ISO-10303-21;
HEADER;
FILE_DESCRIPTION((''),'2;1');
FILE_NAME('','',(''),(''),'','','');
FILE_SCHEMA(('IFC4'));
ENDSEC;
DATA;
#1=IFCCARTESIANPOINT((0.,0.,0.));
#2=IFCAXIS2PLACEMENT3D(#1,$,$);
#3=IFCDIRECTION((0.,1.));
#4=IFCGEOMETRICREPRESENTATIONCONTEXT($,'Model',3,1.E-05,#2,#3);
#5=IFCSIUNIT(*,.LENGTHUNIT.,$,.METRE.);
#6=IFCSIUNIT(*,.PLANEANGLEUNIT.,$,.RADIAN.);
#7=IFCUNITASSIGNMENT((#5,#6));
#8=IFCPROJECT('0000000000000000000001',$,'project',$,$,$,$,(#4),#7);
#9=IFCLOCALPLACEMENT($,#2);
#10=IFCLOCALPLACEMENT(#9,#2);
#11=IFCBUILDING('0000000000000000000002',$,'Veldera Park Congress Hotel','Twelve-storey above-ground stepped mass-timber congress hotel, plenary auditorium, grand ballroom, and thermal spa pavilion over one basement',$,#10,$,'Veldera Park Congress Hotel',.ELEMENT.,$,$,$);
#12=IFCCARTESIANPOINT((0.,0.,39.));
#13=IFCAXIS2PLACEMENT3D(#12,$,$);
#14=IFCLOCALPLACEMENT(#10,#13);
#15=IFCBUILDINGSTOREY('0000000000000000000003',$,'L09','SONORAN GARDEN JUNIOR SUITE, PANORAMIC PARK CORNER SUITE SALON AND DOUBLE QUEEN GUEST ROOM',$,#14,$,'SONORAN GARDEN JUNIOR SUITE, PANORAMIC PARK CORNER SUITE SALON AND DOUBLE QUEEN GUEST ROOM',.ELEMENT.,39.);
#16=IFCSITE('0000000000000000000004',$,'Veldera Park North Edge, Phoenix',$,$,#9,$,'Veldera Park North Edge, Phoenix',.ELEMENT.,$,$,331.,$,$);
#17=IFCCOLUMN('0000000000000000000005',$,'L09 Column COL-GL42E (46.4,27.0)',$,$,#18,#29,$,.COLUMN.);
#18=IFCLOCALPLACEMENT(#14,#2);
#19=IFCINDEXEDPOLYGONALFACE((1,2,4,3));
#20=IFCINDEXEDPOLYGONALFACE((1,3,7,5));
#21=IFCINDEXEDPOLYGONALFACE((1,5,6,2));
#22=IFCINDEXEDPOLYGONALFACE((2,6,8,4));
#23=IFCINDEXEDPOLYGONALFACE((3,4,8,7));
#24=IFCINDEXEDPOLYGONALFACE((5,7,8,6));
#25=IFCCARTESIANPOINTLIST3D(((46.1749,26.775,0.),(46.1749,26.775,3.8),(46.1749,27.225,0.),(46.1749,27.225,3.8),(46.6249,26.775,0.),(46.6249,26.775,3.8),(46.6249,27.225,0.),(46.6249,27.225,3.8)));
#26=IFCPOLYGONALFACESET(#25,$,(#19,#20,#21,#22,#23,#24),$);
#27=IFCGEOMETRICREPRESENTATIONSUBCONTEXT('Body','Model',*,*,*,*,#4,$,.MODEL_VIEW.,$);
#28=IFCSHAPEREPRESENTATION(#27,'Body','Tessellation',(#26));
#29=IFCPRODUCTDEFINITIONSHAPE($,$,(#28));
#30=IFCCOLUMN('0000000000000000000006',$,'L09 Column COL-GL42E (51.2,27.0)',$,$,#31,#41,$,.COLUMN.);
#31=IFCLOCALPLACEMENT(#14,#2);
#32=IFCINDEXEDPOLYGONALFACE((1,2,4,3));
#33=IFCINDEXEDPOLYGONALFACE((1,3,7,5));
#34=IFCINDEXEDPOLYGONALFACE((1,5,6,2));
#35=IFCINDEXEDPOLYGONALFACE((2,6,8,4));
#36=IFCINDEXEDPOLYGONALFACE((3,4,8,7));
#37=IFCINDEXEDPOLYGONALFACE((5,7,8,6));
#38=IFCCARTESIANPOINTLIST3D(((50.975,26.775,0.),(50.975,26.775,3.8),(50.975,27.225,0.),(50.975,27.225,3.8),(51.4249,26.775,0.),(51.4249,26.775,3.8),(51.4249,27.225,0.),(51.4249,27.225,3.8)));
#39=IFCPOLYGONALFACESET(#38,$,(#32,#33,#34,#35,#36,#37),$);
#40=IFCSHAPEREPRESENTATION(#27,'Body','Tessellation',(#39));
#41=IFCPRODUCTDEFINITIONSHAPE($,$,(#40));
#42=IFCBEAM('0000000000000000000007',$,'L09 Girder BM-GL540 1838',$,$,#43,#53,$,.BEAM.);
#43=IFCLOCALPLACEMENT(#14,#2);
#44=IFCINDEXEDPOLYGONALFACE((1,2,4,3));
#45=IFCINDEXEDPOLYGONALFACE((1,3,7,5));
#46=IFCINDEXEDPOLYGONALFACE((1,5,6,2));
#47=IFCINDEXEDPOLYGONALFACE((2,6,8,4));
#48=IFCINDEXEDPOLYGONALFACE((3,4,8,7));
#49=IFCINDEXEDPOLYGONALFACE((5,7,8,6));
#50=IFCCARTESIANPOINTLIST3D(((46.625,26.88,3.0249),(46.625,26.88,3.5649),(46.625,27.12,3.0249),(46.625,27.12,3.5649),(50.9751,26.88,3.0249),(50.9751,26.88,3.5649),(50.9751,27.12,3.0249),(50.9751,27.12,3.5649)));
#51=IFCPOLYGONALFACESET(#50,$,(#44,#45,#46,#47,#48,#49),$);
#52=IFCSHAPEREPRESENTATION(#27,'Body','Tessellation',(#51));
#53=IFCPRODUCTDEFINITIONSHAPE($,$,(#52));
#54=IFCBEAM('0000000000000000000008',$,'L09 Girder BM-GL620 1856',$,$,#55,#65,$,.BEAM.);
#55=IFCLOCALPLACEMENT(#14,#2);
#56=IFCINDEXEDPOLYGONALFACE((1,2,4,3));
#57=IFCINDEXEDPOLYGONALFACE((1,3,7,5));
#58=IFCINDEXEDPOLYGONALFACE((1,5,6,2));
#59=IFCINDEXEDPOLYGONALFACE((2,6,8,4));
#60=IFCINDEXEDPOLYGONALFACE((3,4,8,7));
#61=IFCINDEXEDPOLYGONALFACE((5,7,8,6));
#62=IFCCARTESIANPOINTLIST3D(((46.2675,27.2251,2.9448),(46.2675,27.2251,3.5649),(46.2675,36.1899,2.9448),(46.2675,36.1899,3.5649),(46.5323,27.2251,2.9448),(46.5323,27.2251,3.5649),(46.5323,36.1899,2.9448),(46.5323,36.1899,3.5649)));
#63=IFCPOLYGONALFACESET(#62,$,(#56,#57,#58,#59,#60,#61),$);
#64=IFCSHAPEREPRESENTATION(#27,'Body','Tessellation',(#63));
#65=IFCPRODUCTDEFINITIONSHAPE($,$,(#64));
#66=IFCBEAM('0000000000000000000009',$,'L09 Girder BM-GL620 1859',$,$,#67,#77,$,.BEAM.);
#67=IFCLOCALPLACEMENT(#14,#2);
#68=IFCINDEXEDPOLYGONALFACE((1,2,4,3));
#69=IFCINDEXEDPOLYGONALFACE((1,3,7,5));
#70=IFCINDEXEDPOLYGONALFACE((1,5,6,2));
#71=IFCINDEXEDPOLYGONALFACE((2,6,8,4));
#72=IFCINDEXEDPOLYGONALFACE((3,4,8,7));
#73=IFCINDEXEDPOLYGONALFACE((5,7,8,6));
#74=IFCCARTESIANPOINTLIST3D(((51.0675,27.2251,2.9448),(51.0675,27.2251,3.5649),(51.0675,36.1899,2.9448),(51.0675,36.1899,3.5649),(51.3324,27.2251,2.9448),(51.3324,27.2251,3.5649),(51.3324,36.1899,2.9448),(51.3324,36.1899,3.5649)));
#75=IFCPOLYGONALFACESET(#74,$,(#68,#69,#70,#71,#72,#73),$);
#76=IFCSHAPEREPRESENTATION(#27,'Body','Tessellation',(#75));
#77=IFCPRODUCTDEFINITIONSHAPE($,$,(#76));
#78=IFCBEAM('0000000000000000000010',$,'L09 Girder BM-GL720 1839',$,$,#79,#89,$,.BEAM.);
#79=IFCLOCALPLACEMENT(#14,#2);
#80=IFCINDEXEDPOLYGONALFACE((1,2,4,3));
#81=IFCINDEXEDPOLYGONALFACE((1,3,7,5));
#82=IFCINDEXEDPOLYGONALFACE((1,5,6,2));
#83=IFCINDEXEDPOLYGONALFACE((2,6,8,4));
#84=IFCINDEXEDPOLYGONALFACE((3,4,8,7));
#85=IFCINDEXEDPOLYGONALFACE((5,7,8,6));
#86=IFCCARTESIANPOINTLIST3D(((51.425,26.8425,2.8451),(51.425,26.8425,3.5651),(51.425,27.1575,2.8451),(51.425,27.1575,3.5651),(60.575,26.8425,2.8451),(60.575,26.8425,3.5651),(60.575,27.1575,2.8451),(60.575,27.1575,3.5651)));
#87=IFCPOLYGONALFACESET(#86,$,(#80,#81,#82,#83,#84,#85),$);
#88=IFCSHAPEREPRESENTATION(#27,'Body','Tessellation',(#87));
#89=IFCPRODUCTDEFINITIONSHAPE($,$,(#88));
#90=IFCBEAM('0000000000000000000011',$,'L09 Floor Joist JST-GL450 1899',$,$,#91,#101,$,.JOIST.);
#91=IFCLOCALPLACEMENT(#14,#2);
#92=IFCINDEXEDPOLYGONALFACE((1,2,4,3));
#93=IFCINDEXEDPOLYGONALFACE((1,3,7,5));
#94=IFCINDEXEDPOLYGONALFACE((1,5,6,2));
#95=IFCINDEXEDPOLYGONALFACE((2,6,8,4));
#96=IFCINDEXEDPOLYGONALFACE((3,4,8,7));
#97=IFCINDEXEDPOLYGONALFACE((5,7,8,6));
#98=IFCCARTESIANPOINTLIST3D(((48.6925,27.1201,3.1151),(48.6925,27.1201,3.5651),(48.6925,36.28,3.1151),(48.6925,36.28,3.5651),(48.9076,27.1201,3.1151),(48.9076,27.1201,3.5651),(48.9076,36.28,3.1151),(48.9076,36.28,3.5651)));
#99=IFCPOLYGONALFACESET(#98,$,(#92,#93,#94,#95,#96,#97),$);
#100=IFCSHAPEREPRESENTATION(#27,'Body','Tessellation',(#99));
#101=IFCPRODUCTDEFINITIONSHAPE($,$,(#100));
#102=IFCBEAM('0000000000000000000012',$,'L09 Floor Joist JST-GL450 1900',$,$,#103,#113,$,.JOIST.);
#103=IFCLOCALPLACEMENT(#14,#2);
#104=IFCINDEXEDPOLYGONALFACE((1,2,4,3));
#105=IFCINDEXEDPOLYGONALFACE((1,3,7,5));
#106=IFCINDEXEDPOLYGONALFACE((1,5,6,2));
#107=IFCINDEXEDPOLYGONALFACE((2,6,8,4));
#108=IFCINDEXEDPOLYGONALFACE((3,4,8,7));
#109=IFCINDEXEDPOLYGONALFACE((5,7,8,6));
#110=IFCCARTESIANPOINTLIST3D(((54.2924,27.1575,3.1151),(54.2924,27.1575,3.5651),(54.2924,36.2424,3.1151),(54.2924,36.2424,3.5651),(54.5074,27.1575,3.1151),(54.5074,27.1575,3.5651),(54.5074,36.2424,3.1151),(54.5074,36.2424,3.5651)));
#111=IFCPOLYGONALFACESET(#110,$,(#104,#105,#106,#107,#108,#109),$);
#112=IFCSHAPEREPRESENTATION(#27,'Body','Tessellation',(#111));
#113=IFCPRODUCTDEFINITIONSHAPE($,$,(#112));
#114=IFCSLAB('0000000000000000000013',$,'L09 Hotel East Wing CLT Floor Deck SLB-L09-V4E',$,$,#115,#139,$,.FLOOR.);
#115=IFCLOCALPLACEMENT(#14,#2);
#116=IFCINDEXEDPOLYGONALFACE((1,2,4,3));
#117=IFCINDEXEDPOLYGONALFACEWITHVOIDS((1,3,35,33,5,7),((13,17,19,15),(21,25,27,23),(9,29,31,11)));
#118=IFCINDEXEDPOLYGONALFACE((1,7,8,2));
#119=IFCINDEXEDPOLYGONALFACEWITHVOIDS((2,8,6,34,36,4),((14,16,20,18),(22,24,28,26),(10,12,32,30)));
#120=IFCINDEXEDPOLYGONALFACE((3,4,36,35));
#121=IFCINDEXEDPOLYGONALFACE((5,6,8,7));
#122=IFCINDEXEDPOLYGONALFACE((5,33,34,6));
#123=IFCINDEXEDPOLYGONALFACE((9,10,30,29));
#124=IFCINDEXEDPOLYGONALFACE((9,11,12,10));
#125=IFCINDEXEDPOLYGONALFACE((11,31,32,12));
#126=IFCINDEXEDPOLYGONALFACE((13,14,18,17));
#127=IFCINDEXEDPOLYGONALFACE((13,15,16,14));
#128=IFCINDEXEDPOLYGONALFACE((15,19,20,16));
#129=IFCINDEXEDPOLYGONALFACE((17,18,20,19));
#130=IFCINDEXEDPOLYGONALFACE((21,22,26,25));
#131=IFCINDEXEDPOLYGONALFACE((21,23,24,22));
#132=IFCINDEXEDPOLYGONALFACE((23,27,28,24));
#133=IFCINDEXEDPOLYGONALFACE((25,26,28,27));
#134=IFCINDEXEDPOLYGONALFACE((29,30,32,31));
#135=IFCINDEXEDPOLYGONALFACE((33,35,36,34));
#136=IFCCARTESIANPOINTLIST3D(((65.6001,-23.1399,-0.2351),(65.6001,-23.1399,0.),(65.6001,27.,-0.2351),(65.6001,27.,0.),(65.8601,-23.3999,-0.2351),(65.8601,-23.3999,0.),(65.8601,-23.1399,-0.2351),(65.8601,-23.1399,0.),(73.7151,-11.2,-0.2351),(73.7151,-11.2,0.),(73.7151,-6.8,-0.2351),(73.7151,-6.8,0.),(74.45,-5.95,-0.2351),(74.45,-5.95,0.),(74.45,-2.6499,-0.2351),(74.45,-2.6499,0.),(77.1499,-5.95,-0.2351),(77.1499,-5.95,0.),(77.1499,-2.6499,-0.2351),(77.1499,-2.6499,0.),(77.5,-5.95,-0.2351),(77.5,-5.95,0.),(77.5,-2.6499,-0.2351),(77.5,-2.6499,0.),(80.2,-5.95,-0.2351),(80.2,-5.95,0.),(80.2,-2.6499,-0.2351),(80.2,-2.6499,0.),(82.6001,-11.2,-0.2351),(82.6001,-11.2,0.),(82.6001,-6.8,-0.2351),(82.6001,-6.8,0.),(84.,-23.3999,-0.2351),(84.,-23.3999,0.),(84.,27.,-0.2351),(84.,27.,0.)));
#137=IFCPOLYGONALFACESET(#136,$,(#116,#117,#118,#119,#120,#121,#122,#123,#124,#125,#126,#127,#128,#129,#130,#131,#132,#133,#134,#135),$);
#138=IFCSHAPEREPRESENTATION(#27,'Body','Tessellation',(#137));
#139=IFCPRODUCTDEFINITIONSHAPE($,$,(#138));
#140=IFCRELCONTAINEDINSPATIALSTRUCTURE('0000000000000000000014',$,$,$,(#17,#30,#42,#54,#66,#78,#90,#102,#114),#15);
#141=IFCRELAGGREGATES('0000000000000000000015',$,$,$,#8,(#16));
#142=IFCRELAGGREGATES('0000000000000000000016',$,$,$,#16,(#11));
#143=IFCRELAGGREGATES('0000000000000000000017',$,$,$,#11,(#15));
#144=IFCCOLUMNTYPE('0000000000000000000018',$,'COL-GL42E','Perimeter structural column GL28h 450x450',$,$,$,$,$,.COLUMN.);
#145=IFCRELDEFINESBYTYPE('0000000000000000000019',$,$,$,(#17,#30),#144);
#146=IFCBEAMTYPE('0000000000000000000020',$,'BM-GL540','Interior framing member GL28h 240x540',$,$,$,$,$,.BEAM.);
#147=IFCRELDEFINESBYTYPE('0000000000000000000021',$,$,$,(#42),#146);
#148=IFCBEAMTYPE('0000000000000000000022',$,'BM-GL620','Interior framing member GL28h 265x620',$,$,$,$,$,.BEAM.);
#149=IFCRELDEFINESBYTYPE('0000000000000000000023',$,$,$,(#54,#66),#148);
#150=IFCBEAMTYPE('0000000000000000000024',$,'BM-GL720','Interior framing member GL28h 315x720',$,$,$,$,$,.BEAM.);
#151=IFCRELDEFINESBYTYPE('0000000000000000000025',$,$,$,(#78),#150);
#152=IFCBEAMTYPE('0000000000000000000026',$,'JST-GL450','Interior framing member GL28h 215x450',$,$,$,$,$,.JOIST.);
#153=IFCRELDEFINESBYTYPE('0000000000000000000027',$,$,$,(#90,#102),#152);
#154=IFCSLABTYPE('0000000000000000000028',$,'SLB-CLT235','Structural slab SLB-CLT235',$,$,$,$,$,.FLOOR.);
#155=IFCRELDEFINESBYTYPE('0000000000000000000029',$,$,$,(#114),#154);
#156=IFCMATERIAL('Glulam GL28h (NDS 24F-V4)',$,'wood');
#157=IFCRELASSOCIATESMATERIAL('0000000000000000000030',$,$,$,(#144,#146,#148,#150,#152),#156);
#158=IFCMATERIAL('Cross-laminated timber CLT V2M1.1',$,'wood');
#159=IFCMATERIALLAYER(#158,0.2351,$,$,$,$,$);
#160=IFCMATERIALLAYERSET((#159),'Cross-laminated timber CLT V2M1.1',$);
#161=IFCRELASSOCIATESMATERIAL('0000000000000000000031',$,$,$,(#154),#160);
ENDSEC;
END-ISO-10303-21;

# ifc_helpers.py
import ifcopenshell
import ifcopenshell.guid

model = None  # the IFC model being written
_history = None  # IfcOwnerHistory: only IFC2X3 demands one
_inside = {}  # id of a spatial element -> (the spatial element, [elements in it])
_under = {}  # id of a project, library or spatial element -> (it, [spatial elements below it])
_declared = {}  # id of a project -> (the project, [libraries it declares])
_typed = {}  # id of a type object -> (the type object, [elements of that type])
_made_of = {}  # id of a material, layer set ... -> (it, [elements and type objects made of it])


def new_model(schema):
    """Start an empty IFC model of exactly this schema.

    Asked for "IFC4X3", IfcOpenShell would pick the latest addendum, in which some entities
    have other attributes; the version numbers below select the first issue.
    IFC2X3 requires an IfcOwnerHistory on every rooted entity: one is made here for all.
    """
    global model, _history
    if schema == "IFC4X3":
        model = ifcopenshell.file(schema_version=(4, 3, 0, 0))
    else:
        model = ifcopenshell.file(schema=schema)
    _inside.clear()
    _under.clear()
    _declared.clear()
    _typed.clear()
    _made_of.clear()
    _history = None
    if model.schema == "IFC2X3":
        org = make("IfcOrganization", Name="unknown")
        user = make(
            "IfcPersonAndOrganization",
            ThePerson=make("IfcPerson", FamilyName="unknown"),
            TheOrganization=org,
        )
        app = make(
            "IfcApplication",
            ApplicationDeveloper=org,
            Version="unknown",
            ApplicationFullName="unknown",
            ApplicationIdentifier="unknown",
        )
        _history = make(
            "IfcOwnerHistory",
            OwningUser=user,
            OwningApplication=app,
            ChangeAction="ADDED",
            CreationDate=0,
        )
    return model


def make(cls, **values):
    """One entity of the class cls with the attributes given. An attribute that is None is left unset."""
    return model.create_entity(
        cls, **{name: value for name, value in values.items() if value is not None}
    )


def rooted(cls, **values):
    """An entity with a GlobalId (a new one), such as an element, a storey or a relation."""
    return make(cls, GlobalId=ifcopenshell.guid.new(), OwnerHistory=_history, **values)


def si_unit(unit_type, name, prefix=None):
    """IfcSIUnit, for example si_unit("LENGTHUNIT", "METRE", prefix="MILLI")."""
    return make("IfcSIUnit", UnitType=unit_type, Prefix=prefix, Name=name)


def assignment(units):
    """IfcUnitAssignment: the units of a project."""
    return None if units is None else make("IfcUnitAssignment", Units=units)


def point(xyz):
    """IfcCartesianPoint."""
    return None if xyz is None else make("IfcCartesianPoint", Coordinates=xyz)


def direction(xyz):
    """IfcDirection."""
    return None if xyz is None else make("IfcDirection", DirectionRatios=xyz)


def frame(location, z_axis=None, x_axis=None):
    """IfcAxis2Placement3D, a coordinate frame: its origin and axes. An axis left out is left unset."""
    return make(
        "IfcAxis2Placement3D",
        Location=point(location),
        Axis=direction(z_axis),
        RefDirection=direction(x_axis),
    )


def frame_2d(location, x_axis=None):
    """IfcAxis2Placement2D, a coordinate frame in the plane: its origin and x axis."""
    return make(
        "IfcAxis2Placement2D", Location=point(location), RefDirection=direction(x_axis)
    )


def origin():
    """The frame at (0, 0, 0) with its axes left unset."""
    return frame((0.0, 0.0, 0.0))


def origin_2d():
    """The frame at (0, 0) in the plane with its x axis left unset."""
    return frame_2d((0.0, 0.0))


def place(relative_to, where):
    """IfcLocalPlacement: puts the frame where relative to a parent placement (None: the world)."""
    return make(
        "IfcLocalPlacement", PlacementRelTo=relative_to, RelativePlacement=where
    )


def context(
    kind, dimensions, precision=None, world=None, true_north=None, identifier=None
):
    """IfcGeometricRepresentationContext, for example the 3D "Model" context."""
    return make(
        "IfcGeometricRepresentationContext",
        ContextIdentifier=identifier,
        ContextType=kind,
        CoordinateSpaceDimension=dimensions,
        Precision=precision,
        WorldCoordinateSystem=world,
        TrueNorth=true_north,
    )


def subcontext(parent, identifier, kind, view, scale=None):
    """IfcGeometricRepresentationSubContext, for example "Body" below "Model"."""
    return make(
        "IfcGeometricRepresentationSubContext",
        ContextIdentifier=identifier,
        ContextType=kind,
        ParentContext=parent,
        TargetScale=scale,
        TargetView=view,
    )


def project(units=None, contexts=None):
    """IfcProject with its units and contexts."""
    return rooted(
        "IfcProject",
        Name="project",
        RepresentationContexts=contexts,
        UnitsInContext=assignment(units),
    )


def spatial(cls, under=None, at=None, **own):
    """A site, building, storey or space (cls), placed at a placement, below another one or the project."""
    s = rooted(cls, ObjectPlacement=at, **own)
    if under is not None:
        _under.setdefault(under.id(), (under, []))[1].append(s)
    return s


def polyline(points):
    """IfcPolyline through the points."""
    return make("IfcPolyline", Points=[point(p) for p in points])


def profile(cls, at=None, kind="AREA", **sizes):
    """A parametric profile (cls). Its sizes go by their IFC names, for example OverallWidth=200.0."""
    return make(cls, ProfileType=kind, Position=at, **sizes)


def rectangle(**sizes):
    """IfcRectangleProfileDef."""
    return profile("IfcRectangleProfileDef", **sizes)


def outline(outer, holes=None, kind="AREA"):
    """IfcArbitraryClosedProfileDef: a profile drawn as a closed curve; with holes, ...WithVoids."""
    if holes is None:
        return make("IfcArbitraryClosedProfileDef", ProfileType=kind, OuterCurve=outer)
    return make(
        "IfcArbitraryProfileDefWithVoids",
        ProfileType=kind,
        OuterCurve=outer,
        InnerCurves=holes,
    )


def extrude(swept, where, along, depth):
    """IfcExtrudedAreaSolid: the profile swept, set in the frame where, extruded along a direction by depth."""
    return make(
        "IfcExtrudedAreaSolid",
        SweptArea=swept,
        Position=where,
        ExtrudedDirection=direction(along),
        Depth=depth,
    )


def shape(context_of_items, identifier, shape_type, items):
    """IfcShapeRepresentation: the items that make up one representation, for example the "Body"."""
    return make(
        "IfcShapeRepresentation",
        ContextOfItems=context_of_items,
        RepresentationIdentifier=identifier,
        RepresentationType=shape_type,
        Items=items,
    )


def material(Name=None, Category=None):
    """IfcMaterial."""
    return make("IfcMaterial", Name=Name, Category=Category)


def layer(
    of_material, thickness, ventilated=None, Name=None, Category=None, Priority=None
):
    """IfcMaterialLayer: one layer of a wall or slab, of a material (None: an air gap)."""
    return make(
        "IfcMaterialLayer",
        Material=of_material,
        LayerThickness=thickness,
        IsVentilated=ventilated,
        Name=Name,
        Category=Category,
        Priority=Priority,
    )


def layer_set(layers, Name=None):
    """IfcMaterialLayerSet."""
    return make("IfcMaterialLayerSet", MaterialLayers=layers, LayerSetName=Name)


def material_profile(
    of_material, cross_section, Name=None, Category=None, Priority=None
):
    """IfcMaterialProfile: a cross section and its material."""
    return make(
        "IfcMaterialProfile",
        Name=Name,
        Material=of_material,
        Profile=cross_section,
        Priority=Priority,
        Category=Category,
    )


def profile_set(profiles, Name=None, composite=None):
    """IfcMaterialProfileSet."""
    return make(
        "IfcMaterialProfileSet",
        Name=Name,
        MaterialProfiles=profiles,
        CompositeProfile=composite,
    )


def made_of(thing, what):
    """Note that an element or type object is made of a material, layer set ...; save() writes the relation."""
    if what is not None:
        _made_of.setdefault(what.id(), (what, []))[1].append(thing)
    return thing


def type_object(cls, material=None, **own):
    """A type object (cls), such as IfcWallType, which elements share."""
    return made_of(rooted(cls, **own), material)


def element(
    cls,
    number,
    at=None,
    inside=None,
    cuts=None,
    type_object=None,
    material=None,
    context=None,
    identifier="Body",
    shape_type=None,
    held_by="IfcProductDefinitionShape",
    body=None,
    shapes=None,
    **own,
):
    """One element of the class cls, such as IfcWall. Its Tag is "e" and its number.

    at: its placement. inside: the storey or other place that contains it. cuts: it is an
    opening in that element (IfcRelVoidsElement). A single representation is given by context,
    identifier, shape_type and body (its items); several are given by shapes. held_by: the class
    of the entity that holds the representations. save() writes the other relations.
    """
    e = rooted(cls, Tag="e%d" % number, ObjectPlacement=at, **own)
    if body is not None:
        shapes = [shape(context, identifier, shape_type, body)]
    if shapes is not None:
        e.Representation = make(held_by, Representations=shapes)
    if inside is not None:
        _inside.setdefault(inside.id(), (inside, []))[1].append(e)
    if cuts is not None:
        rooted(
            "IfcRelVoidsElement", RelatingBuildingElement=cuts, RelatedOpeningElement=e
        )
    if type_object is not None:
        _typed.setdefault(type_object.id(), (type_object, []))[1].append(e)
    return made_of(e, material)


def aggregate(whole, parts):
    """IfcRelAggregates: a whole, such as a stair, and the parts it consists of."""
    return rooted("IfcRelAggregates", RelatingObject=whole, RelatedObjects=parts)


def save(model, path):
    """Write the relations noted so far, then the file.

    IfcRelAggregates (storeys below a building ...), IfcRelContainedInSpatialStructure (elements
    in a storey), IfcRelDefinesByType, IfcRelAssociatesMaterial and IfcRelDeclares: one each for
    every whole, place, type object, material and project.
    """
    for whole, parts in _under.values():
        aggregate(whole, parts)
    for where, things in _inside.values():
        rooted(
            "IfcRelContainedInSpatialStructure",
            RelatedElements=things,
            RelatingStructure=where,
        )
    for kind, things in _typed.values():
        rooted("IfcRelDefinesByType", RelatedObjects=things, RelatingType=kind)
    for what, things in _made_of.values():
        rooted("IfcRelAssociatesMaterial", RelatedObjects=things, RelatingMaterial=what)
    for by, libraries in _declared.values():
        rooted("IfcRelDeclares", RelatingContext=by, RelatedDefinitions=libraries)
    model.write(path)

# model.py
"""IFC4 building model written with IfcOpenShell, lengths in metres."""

from ifc_helpers import new_model, si_unit, direction, frame, origin, origin_2d, place, context, subcontext, project, spatial, polyline, rectangle, outline, extrude, material, layer, layer_set, material_profile, profile_set, type_object, element, save


model = new_model("IFC4")

# Units and contexts
model_context = context("Model", 3, precision=1e-05, world=origin(), true_north=direction((0.0, 1.0)))
body_context = subcontext(model_context, "Body", "Model", "MODEL_VIEW")
ifc_project = project(units=[si_unit("LENGTHUNIT", "METRE"), si_unit("PLANEANGLEUNIT", "RADIAN")], contexts=[model_context])

# Site, building, storey
site_placement = place(None, origin())
site = spatial("IfcSite", under=ifc_project, at=site_placement, Name="Veldera Park North Edge, Phoenix", LongName="Veldera Park North Edge, Phoenix", CompositionType="ELEMENT", RefElevation=331.0)
building_placement = place(site_placement, origin())
building = spatial("IfcBuilding", under=site, at=building_placement, Name="Veldera Park Congress Hotel", Description="Twelve-storey above-ground stepped mass-timber congress hotel, plenary auditorium, grand ballroom, and thermal spa pavilion over one basement", LongName="Veldera Park Congress Hotel", CompositionType="ELEMENT")
storey_placement = place(building_placement, frame((0.0, 0.0, 39.0)))
storey = spatial("IfcBuildingStorey", under=building, at=storey_placement, Name="L09", Description="SONORAN GARDEN JUNIOR SUITE, PANORAMIC PARK CORNER SUITE SALON AND DOUBLE QUEEN GUEST ROOM", LongName="SONORAN GARDEN JUNIOR SUITE, PANORAMIC PARK CORNER SUITE SALON AND DOUBLE QUEEN GUEST ROOM", CompositionType="ELEMENT", Elevation=39.0)

# Columns
ifc_material_1 = material(Name="Glulam GL28h (NDS 24F-V4)", Category="wood")
ifc_material_profile_1 = material_profile(ifc_material_1, rectangle(XDim=0.45, YDim=0.45, at=origin_2d()), Name="GL28h 450x450")
ifc_profile_set_1 = profile_set([ifc_material_profile_1], Name="Glulam GL28h (NDS 24F-V4)")
column_type = type_object("IfcColumnType", Name="COL-GL42E", Description="Perimeter structural column GL28h 450x450", PredefinedType="COLUMN", material=ifc_profile_set_1)
for number, where, z_axis, x_axis, name in (
    (1, (46.3999, 27.0, 0.0), (0.0, 0.0, 1.0), (1.0, 0.0, 0.0), "L09 Column COL-GL42E (46.4,27.0)"),
    (2, (51.2, 27.0, 0.0), (0.0, 0.0, 1.0), (1.0, 0.0, 0.0), "L09 Column COL-GL42E (51.2,27.0)"),
):
    element("IfcColumn", number, at=place(storey_placement, frame(where, z_axis=z_axis, x_axis=x_axis)), inside=storey, type_object=column_type, Name=name, PredefinedType="COLUMN", context=body_context, shape_type="SweptSolid", body=[
        extrude(rectangle(XDim=0.45, YDim=0.45, at=origin_2d()), origin(), (0.0, 0.0, 1.0), 3.8),
    ])

# Beams
ifc_material_profile_2 = material_profile(ifc_material_1, rectangle(XDim=0.24, YDim=0.54, at=origin_2d()), Name="GL28h 240x540")
ifc_profile_set_2 = profile_set([ifc_material_profile_2], Name="Glulam GL28h (NDS 24F-V4)")
beam_type_1 = type_object("IfcBeamType", Name="BM-GL540", Description="Interior framing member GL28h 240x540", PredefinedType="BEAM", material=ifc_profile_set_2)
beam_1_placement = place(storey_placement, frame((46.625, 27.0, 3.2949), z_axis=(1.0, 0.0, 0.0), x_axis=(0.0, 1.0, 0.0)))
element("IfcBeam", 3, at=beam_1_placement, inside=storey, type_object=beam_type_1, Name="L09 Girder BM-GL540 1838", PredefinedType="BEAM", context=body_context, shape_type="SweptSolid", body=[
    extrude(rectangle(XDim=0.24, YDim=0.54, at=origin_2d()), origin(), (0.0, 0.0, 1.0), 4.3501),
])
ifc_material_profile_3 = material_profile(ifc_material_1, rectangle(XDim=0.2649, YDim=0.6201, at=origin_2d()), Name="GL28h 265x620")
ifc_profile_set_3 = profile_set([ifc_material_profile_3], Name="Glulam GL28h (NDS 24F-V4)")
beam_type_2 = type_object("IfcBeamType", Name="BM-GL620", Description="Interior framing member GL28h 265x620", PredefinedType="BEAM", material=ifc_profile_set_3)
for number, where, z_axis, x_axis, name in (
    (4, (46.3999, 27.2251, 3.2549), (0.0, 1.0, 0.0), (-1.0, 0.0, 0.0), "L09 Girder BM-GL620 1856"),
    (5, (51.2, 27.2251, 3.2549), (0.0, 1.0, 0.0), (-1.0, 0.0, 0.0), "L09 Girder BM-GL620 1859"),
):
    element("IfcBeam", number, at=place(storey_placement, frame(where, z_axis=z_axis, x_axis=x_axis)), inside=storey, type_object=beam_type_2, Name=name, PredefinedType="BEAM", context=body_context, shape_type="SweptSolid", body=[
        extrude(rectangle(XDim=0.2649, YDim=0.6201, at=origin_2d()), origin(), (0.0, 0.0, 1.0), 8.9648),
    ])
ifc_material_profile_4 = material_profile(ifc_material_1, rectangle(XDim=0.3149, YDim=0.72, at=origin_2d()), Name="GL28h 315x720")
ifc_profile_set_4 = profile_set([ifc_material_profile_4], Name="Glulam GL28h (NDS 24F-V4)")
beam_type_3 = type_object("IfcBeamType", Name="BM-GL720", Description="Interior framing member GL28h 315x720", PredefinedType="BEAM", material=ifc_profile_set_4)
beam_2_placement = place(storey_placement, frame((51.425, 27.0, 3.2051), z_axis=(1.0, 0.0, 0.0), x_axis=(0.0, 1.0, 0.0)))
element("IfcBeam", 6, at=beam_2_placement, inside=storey, type_object=beam_type_3, Name="L09 Girder BM-GL720 1839", PredefinedType="BEAM", context=body_context, shape_type="SweptSolid", body=[
    extrude(rectangle(XDim=0.3149, YDim=0.72, at=origin_2d()), origin(), (0.0, 0.0, 1.0), 9.1499),
])
ifc_material_profile_5 = material_profile(ifc_material_1, rectangle(XDim=0.2151, YDim=0.45, at=origin_2d()), Name="GL28h 215x450")
ifc_profile_set_5 = profile_set([ifc_material_profile_5], Name="Glulam GL28h (NDS 24F-V4)")
beam_type_4 = type_object("IfcBeamType", Name="JST-GL450", Description="Interior framing member GL28h 215x450", PredefinedType="JOIST", material=ifc_profile_set_5)
beam_3_placement = place(storey_placement, frame((48.8, 27.1201, 3.3401), z_axis=(0.0, 1.0, 0.0), x_axis=(-1.0, 0.0, 0.0)))
element("IfcBeam", 7, at=beam_3_placement, inside=storey, type_object=beam_type_4, Name="L09 Floor Joist JST-GL450 1899", PredefinedType="JOIST", context=body_context, shape_type="SweptSolid", body=[
    extrude(rectangle(XDim=0.2151, YDim=0.45, at=origin_2d()), origin(), (0.0, 0.0, 1.0), 9.1599),
])
beam_4_placement = place(storey_placement, frame((54.3999, 27.1575, 3.3401), z_axis=(0.0, 1.0, 0.0), x_axis=(-1.0, 0.0, 0.0)))
element("IfcBeam", 8, at=beam_4_placement, inside=storey, type_object=beam_type_4, Name="L09 Floor Joist JST-GL450 1900", PredefinedType="JOIST", context=body_context, shape_type="SweptSolid", body=[
    extrude(rectangle(XDim=0.2151, YDim=0.45, at=origin_2d()), origin(), (0.0, 0.0, 1.0), 9.085),
])

# Slab
ifc_material_2 = material(Name="Cross-laminated timber CLT V2M1.1", Category="wood")
ifc_layer_1 = layer(ifc_material_2, 0.2351)
ifc_layer_set_1 = layer_set([ifc_layer_1], Name="Cross-laminated timber CLT V2M1.1")
slab_type_1 = type_object("IfcSlabType", Name="SLB-CLT235", Description="Structural slab SLB-CLT235", PredefinedType="FLOOR", material=ifc_layer_set_1)
slab_1_placement = place(storey_placement, frame((0.0, 0.0, -0.2351)))
element("IfcSlab", 9, at=slab_1_placement, inside=storey, type_object=slab_type_1, Name="L09 Hotel East Wing CLT Floor Deck SLB-L09-V4E", PredefinedType="FLOOR", context=body_context, shape_type="SweptSolid", body=[
    extrude(outline(polyline([(65.6001, -23.1399), (65.8601, -23.1399), (65.8601, -23.3999), (84.0, -23.3999), (84.0, 27.0), (65.6001, 27.0), (65.6001, -23.1399)]), holes=[polyline([(73.7151, -11.2), (82.6001, -11.2), (82.6001, -6.8), (73.7151, -6.8), (73.7151, -11.2)]), polyline([(74.45, -5.95), (77.1499, -5.95), (77.1499, -2.6499), (74.45, -2.6499), (74.45, -5.95)]), polyline([(77.5, -5.95), (80.2, -5.95), (80.2, -2.6499), (77.5, -2.6499), (77.5, -5.95)])]), origin(), (0.0, 0.0, 1.0), 0.2351),
])

save(model, "model.ifc")
